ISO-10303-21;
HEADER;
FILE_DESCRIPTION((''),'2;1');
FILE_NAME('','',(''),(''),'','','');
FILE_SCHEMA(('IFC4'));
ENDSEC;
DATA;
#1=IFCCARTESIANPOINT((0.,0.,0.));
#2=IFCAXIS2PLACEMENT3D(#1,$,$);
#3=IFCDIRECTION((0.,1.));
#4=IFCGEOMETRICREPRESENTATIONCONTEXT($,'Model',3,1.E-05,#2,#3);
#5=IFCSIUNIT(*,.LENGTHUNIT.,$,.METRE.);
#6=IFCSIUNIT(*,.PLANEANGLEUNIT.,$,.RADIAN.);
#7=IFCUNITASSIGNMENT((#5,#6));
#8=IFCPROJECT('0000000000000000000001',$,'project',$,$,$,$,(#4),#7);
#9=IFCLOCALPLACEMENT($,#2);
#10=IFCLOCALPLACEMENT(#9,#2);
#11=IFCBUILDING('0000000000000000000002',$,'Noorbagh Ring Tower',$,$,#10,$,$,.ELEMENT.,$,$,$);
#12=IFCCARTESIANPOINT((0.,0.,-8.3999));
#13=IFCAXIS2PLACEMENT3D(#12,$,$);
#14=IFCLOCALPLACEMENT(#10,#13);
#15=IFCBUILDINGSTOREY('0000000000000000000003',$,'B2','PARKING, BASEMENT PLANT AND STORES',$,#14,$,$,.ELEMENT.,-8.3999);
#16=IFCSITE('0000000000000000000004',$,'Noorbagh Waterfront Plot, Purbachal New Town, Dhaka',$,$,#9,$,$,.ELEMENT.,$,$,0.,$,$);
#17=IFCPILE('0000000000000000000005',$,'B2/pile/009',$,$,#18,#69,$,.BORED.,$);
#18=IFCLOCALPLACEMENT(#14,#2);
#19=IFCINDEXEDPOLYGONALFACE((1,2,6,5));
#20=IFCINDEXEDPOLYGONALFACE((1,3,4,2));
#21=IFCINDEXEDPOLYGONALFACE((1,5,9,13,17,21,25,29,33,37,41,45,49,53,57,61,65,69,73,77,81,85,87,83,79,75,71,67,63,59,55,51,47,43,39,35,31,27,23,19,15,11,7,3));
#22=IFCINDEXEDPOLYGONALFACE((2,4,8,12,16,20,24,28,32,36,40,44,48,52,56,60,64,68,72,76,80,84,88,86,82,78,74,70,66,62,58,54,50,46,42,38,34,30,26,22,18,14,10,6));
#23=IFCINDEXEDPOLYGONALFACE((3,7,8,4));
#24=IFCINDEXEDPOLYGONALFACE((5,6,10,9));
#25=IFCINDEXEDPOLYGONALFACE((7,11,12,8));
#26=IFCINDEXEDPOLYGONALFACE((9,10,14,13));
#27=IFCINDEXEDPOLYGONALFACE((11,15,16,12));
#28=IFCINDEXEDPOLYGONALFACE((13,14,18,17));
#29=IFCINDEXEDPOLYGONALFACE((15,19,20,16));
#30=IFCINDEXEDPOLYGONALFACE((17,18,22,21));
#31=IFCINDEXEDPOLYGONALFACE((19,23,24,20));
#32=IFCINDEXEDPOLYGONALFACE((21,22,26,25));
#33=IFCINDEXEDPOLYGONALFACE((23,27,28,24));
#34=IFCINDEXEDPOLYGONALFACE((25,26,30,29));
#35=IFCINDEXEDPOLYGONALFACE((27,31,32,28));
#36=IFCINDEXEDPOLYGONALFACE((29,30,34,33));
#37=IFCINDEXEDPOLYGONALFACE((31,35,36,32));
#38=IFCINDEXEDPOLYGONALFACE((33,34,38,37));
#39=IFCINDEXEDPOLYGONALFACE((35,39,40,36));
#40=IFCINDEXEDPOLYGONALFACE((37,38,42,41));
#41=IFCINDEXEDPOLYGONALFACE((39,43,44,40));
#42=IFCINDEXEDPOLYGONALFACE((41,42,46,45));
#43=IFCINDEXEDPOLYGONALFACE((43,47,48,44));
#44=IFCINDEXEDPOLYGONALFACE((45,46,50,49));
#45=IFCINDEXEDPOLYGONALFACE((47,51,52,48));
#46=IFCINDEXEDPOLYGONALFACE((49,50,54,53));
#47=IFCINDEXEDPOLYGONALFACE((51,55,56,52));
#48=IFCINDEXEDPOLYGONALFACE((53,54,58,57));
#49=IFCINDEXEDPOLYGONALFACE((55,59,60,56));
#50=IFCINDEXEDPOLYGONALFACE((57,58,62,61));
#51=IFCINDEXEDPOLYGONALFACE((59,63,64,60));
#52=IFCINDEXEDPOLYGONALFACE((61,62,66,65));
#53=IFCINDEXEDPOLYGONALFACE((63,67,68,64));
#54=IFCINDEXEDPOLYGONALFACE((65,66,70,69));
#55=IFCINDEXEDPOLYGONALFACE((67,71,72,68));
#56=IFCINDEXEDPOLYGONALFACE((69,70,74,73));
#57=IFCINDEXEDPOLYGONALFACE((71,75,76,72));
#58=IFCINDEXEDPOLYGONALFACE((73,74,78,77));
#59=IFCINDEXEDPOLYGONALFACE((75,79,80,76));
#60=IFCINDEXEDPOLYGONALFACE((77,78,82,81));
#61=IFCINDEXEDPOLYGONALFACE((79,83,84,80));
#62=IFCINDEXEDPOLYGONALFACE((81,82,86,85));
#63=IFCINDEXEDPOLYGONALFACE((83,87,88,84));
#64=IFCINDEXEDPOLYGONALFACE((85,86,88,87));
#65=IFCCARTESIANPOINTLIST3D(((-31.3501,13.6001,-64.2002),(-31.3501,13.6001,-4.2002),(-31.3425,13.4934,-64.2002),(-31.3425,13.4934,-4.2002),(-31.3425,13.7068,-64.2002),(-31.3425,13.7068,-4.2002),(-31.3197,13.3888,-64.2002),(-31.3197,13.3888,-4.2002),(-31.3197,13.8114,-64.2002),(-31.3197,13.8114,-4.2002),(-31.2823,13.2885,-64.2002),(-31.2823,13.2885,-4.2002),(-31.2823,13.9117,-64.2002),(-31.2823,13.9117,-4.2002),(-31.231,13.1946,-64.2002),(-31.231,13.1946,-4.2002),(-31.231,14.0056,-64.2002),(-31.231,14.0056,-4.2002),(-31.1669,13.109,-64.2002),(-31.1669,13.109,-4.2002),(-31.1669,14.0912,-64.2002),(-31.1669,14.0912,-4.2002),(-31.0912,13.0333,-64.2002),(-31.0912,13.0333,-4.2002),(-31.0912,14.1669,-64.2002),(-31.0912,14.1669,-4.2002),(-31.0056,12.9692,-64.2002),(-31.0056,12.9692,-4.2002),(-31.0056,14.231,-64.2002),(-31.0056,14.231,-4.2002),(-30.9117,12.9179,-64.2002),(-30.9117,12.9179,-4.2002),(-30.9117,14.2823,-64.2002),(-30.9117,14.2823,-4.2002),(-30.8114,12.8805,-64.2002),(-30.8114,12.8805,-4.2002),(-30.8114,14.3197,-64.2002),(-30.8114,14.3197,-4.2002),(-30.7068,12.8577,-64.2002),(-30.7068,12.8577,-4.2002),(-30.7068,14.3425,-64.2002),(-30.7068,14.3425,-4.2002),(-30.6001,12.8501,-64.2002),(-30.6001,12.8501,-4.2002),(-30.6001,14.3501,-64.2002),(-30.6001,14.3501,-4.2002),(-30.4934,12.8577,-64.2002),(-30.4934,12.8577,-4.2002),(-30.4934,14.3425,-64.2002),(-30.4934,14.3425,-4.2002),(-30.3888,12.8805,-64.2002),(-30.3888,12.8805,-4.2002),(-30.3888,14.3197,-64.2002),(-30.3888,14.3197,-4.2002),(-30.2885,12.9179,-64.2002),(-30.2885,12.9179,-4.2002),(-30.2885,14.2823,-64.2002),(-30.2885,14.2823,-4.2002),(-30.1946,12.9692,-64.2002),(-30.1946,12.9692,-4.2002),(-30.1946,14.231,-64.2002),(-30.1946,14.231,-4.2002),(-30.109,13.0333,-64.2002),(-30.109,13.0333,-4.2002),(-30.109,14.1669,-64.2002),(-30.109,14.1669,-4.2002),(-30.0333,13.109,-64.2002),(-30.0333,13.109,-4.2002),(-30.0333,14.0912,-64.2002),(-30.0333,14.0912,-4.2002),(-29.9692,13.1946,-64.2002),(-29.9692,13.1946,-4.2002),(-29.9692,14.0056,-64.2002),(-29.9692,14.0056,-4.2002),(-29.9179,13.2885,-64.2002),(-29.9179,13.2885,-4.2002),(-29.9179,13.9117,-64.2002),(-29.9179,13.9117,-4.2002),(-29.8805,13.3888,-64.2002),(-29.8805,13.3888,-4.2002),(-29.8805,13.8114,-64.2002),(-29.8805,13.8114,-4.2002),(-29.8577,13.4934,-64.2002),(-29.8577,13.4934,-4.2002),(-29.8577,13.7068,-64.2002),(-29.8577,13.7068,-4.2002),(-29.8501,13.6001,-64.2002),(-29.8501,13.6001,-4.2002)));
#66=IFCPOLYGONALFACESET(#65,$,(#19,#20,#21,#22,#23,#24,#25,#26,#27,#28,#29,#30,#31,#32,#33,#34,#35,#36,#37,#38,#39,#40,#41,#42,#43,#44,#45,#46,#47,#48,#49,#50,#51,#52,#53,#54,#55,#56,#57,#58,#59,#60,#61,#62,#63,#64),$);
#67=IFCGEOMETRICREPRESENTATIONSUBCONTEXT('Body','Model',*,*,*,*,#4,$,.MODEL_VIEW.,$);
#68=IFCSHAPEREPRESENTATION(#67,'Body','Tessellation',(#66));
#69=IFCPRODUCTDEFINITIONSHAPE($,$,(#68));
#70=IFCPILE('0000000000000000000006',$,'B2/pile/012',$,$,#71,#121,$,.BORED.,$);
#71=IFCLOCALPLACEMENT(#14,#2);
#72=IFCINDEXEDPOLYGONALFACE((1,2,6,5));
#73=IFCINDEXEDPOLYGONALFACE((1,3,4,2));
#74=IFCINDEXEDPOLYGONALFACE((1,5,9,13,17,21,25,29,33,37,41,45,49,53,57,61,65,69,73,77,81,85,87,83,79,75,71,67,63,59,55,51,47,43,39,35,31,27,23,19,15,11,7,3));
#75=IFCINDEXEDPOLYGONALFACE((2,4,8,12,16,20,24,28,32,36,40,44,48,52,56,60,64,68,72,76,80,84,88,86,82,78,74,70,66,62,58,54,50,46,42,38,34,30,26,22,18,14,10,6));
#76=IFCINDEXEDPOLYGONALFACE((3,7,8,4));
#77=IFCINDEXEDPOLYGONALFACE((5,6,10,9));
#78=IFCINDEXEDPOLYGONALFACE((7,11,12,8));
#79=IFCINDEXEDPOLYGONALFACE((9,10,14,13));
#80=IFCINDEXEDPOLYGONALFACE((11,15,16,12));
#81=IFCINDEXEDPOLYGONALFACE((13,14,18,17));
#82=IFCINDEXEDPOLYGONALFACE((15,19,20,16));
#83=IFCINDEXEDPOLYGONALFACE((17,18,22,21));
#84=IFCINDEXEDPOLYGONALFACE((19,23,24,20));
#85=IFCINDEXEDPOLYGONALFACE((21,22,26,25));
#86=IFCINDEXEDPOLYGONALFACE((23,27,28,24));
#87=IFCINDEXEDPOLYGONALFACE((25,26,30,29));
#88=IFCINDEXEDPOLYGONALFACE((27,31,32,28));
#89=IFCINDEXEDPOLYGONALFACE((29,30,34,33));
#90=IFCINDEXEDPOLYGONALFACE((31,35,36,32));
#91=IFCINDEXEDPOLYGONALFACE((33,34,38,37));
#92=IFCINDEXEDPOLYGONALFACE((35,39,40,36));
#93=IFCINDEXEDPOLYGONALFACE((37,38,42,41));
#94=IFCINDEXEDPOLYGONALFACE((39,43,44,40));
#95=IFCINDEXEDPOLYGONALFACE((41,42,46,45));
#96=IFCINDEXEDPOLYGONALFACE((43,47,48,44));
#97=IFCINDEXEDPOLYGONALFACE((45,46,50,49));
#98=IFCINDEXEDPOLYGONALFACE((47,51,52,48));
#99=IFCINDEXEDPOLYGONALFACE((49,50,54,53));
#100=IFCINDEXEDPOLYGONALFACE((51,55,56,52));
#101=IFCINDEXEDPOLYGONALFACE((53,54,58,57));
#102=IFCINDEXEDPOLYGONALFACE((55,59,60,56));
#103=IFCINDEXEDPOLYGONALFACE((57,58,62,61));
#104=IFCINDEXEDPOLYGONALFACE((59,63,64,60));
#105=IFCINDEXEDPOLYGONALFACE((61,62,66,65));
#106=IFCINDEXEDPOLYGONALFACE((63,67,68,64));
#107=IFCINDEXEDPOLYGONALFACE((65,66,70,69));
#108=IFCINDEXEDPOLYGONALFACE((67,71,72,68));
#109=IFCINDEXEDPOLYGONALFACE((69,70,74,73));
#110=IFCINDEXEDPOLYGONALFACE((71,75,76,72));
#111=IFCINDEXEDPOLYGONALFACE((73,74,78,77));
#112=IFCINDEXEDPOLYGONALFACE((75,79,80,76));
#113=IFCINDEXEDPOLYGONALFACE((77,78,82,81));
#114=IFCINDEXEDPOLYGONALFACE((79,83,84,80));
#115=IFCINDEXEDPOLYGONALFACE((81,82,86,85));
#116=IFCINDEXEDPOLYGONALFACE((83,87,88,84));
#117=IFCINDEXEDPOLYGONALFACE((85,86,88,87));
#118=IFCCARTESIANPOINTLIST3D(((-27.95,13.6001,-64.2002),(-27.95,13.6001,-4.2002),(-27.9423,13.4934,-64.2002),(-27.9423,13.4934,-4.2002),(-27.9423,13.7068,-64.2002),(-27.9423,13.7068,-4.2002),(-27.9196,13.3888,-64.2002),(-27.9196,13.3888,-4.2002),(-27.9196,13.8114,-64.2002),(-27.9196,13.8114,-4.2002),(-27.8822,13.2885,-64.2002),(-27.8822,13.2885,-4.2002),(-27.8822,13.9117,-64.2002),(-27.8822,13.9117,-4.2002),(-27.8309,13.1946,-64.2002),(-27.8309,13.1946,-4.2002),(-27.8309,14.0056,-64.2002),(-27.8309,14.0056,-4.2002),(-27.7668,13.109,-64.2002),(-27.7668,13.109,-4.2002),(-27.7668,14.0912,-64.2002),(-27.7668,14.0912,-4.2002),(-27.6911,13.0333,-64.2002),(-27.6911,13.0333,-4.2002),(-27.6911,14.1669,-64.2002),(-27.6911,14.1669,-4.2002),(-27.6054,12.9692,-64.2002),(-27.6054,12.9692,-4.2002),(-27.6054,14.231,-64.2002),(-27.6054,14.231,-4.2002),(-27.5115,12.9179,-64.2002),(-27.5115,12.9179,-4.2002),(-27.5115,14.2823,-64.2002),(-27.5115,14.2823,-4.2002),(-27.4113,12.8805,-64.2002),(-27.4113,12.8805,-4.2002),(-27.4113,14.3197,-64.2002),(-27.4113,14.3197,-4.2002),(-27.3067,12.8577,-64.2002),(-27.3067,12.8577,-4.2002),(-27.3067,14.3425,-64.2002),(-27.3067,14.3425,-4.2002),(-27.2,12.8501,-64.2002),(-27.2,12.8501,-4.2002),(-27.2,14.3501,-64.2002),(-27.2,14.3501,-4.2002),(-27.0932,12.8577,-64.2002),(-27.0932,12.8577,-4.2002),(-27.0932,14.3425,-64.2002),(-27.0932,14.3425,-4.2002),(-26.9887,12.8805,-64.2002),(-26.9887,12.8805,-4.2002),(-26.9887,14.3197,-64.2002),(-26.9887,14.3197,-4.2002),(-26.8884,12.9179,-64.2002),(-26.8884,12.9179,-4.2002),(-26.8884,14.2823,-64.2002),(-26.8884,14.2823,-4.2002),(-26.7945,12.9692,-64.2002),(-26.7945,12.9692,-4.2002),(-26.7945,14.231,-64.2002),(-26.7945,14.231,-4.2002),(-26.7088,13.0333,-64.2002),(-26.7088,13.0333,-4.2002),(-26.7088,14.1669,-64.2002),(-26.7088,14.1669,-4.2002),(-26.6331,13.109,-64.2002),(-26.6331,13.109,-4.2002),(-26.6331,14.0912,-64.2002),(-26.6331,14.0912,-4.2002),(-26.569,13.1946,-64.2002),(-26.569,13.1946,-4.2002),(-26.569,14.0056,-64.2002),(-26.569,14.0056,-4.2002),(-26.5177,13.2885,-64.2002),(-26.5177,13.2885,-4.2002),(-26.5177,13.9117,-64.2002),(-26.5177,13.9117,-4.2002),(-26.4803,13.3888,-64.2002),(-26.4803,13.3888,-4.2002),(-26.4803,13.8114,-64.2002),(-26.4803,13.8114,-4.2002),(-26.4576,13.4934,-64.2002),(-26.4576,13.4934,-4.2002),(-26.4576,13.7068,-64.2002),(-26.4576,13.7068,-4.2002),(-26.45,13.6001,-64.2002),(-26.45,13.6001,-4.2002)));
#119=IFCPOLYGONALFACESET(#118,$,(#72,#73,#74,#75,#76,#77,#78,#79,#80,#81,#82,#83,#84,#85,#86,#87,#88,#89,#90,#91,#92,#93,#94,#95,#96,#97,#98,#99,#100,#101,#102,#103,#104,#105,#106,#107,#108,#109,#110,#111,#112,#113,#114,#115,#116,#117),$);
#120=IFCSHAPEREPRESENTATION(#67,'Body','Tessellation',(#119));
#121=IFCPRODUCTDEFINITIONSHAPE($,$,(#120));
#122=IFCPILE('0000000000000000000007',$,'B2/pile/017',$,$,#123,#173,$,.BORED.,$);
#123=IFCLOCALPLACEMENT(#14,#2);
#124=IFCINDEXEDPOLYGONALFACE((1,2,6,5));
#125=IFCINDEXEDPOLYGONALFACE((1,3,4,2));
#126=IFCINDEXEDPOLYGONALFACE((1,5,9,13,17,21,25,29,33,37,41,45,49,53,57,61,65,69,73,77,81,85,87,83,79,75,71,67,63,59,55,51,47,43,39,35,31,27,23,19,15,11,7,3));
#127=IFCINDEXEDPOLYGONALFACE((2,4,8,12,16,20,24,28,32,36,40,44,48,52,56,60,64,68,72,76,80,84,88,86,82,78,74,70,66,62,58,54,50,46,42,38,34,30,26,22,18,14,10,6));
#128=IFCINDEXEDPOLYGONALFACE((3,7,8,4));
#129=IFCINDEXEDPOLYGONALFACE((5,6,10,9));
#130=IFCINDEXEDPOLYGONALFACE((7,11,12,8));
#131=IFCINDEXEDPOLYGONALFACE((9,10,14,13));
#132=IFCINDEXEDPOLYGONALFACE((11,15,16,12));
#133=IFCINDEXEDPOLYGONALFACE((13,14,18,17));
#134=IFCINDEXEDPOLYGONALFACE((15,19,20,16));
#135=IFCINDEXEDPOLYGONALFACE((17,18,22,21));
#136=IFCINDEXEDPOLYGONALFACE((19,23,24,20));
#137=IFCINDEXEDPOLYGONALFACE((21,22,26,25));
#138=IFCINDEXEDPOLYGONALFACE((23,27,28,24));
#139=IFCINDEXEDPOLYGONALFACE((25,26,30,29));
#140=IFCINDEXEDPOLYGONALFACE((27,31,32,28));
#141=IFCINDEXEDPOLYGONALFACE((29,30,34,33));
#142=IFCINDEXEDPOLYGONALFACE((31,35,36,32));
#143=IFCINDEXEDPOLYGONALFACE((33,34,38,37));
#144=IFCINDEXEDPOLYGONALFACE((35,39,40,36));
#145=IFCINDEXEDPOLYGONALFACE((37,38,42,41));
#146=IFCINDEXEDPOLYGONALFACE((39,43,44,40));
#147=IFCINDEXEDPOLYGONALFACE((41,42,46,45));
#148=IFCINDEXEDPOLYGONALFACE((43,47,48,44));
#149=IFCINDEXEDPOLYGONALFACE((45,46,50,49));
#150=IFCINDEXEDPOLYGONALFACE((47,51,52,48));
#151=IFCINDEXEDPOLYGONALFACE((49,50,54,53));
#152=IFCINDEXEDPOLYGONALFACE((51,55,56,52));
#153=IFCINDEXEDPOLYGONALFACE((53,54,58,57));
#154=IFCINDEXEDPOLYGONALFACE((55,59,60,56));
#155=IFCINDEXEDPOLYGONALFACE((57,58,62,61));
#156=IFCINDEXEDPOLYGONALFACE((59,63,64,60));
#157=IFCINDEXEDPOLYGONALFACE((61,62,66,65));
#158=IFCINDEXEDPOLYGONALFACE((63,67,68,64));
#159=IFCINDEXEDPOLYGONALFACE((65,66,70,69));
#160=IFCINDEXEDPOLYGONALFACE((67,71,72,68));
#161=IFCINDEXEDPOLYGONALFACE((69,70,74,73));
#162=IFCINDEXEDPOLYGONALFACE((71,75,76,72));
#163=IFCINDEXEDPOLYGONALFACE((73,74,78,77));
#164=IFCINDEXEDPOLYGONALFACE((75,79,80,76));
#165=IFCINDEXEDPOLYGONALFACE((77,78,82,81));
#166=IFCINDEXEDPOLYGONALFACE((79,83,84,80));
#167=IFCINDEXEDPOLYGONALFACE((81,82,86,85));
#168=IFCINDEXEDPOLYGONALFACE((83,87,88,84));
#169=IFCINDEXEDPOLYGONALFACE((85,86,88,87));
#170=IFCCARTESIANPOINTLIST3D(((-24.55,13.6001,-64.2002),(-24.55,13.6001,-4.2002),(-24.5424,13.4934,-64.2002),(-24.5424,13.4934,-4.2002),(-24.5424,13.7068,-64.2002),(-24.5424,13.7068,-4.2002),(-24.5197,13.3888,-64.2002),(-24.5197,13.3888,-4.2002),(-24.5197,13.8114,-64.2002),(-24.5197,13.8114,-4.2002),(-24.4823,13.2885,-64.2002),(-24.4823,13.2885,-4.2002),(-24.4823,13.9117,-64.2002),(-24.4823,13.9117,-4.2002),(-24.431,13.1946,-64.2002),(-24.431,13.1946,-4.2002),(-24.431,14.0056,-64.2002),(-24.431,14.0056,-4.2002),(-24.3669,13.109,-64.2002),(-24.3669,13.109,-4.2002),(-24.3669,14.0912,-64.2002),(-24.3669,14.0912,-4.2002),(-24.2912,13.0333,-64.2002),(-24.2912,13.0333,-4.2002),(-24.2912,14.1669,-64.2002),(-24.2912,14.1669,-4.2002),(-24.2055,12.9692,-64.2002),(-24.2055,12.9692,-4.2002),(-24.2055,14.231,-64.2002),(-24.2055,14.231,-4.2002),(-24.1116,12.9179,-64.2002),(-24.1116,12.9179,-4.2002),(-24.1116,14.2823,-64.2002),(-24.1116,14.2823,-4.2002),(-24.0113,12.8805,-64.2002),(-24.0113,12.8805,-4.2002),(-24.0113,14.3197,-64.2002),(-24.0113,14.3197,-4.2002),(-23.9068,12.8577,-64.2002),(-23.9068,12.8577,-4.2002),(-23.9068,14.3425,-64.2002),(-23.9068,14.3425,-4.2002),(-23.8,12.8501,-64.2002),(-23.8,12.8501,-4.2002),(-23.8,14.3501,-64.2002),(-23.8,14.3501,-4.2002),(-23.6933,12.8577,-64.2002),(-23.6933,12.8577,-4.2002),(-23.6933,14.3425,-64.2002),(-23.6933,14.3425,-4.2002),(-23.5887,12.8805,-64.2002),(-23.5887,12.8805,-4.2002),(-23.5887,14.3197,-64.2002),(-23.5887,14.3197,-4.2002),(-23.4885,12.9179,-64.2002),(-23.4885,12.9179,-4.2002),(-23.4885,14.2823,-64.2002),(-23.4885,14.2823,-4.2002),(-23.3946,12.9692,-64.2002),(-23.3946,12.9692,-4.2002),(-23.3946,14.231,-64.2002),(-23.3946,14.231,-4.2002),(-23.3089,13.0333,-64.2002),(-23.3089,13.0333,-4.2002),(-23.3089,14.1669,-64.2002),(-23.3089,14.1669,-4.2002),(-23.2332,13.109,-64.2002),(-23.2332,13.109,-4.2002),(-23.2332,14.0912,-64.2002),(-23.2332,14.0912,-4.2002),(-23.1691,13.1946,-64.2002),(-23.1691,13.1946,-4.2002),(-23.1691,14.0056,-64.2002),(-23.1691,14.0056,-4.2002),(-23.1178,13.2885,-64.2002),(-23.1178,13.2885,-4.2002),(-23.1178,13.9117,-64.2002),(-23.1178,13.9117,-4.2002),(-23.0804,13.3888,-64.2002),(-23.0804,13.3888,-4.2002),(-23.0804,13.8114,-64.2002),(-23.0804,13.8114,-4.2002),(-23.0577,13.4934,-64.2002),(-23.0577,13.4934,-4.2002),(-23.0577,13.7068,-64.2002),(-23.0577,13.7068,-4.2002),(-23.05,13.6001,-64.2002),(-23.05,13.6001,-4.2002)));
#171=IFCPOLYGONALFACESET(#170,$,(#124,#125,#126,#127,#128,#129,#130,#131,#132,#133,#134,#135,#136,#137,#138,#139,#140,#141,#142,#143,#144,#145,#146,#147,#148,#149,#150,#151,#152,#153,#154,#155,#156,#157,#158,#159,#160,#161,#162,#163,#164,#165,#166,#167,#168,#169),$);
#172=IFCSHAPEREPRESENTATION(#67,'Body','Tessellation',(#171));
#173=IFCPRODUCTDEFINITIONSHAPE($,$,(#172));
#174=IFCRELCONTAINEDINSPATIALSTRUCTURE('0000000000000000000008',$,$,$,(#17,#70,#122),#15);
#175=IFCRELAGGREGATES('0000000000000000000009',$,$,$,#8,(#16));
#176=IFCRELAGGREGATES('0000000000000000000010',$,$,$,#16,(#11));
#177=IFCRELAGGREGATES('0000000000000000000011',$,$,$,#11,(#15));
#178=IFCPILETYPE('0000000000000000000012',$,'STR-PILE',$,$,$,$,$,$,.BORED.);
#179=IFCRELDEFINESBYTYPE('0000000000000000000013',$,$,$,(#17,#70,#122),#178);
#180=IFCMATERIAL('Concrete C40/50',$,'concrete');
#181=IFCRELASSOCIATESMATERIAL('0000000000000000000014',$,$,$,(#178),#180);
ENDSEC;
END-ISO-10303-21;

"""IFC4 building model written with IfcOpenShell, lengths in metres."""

from ifc_helpers import new_model, si_unit, direction, frame, origin, origin_2d, place, context, subcontext, project, spatial, circle, extrude, material, material_profile, profile_set, type_object, element, save


model = new_model("IFC4")

# Units and contexts
model_context = context("Model", 3, precision=1e-05, world=origin(), true_north=direction((0.0, 1.0)))
body_context = subcontext(model_context, "Body", "Model", "MODEL_VIEW")
ifc_project = project(units=[si_unit("LENGTHUNIT", "METRE"), si_unit("PLANEANGLEUNIT", "RADIAN")], contexts=[model_context])

# Site, building, storey
site_placement = place(None, origin())
site = spatial("IfcSite", under=ifc_project, at=site_placement, Name="Noorbagh Waterfront Plot, Purbachal New Town, Dhaka", CompositionType="ELEMENT", RefElevation=0.0)
building_placement = place(site_placement, origin())
building = spatial("IfcBuilding", under=site, at=building_placement, Name="Noorbagh Ring Tower", CompositionType="ELEMENT")
storey_placement = place(building_placement, frame((0.0, 0.0, -8.3999)))
storey = spatial("IfcBuildingStorey", under=building, at=storey_placement, Name="B2", Description="PARKING, BASEMENT PLANT AND STORES", CompositionType="ELEMENT", Elevation=-8.3999)

# Piles
ifc_material_1 = material(Name="Concrete C40/50", Category="concrete")
ifc_material_profile_1 = material_profile(ifc_material_1, circle(Radius=0.75, at=origin_2d()), Name="PILE1500")
ifc_profile_set_1 = profile_set([ifc_material_profile_1], Name="Concrete C40/50")
pile_type = type_object("IfcPileType", Name="STR-PILE", PredefinedType="BORED", material=ifc_profile_set_1)
for number, where, z_axis, x_axis, name in (
    (1, (-30.6001, 13.6001, -4.2002), (0.0, 0.0, -1.0), (1.0, 0.0, 0.0), "B2/pile/009"),
    (2, (-27.2, 13.6001, -4.2002), (0.0, 0.0, -1.0), (1.0, 0.0, 0.0), "B2/pile/012"),
    (3, (-23.8, 13.6001, -4.2002), (0.0, 0.0, -1.0), (1.0, 0.0, 0.0), "B2/pile/017"),
):
    element("IfcPile", number, at=place(storey_placement, frame(where, z_axis=z_axis, x_axis=x_axis)), inside=storey, type_object=pile_type, Name=name, PredefinedType="BORED", context=body_context, shape_type="SweptSolid", body=[
        extrude(circle(Radius=0.75, at=origin_2d()), origin(), (0.0, 0.0, 1.0), 60.0),
    ])

save(model, "model.ifc")
